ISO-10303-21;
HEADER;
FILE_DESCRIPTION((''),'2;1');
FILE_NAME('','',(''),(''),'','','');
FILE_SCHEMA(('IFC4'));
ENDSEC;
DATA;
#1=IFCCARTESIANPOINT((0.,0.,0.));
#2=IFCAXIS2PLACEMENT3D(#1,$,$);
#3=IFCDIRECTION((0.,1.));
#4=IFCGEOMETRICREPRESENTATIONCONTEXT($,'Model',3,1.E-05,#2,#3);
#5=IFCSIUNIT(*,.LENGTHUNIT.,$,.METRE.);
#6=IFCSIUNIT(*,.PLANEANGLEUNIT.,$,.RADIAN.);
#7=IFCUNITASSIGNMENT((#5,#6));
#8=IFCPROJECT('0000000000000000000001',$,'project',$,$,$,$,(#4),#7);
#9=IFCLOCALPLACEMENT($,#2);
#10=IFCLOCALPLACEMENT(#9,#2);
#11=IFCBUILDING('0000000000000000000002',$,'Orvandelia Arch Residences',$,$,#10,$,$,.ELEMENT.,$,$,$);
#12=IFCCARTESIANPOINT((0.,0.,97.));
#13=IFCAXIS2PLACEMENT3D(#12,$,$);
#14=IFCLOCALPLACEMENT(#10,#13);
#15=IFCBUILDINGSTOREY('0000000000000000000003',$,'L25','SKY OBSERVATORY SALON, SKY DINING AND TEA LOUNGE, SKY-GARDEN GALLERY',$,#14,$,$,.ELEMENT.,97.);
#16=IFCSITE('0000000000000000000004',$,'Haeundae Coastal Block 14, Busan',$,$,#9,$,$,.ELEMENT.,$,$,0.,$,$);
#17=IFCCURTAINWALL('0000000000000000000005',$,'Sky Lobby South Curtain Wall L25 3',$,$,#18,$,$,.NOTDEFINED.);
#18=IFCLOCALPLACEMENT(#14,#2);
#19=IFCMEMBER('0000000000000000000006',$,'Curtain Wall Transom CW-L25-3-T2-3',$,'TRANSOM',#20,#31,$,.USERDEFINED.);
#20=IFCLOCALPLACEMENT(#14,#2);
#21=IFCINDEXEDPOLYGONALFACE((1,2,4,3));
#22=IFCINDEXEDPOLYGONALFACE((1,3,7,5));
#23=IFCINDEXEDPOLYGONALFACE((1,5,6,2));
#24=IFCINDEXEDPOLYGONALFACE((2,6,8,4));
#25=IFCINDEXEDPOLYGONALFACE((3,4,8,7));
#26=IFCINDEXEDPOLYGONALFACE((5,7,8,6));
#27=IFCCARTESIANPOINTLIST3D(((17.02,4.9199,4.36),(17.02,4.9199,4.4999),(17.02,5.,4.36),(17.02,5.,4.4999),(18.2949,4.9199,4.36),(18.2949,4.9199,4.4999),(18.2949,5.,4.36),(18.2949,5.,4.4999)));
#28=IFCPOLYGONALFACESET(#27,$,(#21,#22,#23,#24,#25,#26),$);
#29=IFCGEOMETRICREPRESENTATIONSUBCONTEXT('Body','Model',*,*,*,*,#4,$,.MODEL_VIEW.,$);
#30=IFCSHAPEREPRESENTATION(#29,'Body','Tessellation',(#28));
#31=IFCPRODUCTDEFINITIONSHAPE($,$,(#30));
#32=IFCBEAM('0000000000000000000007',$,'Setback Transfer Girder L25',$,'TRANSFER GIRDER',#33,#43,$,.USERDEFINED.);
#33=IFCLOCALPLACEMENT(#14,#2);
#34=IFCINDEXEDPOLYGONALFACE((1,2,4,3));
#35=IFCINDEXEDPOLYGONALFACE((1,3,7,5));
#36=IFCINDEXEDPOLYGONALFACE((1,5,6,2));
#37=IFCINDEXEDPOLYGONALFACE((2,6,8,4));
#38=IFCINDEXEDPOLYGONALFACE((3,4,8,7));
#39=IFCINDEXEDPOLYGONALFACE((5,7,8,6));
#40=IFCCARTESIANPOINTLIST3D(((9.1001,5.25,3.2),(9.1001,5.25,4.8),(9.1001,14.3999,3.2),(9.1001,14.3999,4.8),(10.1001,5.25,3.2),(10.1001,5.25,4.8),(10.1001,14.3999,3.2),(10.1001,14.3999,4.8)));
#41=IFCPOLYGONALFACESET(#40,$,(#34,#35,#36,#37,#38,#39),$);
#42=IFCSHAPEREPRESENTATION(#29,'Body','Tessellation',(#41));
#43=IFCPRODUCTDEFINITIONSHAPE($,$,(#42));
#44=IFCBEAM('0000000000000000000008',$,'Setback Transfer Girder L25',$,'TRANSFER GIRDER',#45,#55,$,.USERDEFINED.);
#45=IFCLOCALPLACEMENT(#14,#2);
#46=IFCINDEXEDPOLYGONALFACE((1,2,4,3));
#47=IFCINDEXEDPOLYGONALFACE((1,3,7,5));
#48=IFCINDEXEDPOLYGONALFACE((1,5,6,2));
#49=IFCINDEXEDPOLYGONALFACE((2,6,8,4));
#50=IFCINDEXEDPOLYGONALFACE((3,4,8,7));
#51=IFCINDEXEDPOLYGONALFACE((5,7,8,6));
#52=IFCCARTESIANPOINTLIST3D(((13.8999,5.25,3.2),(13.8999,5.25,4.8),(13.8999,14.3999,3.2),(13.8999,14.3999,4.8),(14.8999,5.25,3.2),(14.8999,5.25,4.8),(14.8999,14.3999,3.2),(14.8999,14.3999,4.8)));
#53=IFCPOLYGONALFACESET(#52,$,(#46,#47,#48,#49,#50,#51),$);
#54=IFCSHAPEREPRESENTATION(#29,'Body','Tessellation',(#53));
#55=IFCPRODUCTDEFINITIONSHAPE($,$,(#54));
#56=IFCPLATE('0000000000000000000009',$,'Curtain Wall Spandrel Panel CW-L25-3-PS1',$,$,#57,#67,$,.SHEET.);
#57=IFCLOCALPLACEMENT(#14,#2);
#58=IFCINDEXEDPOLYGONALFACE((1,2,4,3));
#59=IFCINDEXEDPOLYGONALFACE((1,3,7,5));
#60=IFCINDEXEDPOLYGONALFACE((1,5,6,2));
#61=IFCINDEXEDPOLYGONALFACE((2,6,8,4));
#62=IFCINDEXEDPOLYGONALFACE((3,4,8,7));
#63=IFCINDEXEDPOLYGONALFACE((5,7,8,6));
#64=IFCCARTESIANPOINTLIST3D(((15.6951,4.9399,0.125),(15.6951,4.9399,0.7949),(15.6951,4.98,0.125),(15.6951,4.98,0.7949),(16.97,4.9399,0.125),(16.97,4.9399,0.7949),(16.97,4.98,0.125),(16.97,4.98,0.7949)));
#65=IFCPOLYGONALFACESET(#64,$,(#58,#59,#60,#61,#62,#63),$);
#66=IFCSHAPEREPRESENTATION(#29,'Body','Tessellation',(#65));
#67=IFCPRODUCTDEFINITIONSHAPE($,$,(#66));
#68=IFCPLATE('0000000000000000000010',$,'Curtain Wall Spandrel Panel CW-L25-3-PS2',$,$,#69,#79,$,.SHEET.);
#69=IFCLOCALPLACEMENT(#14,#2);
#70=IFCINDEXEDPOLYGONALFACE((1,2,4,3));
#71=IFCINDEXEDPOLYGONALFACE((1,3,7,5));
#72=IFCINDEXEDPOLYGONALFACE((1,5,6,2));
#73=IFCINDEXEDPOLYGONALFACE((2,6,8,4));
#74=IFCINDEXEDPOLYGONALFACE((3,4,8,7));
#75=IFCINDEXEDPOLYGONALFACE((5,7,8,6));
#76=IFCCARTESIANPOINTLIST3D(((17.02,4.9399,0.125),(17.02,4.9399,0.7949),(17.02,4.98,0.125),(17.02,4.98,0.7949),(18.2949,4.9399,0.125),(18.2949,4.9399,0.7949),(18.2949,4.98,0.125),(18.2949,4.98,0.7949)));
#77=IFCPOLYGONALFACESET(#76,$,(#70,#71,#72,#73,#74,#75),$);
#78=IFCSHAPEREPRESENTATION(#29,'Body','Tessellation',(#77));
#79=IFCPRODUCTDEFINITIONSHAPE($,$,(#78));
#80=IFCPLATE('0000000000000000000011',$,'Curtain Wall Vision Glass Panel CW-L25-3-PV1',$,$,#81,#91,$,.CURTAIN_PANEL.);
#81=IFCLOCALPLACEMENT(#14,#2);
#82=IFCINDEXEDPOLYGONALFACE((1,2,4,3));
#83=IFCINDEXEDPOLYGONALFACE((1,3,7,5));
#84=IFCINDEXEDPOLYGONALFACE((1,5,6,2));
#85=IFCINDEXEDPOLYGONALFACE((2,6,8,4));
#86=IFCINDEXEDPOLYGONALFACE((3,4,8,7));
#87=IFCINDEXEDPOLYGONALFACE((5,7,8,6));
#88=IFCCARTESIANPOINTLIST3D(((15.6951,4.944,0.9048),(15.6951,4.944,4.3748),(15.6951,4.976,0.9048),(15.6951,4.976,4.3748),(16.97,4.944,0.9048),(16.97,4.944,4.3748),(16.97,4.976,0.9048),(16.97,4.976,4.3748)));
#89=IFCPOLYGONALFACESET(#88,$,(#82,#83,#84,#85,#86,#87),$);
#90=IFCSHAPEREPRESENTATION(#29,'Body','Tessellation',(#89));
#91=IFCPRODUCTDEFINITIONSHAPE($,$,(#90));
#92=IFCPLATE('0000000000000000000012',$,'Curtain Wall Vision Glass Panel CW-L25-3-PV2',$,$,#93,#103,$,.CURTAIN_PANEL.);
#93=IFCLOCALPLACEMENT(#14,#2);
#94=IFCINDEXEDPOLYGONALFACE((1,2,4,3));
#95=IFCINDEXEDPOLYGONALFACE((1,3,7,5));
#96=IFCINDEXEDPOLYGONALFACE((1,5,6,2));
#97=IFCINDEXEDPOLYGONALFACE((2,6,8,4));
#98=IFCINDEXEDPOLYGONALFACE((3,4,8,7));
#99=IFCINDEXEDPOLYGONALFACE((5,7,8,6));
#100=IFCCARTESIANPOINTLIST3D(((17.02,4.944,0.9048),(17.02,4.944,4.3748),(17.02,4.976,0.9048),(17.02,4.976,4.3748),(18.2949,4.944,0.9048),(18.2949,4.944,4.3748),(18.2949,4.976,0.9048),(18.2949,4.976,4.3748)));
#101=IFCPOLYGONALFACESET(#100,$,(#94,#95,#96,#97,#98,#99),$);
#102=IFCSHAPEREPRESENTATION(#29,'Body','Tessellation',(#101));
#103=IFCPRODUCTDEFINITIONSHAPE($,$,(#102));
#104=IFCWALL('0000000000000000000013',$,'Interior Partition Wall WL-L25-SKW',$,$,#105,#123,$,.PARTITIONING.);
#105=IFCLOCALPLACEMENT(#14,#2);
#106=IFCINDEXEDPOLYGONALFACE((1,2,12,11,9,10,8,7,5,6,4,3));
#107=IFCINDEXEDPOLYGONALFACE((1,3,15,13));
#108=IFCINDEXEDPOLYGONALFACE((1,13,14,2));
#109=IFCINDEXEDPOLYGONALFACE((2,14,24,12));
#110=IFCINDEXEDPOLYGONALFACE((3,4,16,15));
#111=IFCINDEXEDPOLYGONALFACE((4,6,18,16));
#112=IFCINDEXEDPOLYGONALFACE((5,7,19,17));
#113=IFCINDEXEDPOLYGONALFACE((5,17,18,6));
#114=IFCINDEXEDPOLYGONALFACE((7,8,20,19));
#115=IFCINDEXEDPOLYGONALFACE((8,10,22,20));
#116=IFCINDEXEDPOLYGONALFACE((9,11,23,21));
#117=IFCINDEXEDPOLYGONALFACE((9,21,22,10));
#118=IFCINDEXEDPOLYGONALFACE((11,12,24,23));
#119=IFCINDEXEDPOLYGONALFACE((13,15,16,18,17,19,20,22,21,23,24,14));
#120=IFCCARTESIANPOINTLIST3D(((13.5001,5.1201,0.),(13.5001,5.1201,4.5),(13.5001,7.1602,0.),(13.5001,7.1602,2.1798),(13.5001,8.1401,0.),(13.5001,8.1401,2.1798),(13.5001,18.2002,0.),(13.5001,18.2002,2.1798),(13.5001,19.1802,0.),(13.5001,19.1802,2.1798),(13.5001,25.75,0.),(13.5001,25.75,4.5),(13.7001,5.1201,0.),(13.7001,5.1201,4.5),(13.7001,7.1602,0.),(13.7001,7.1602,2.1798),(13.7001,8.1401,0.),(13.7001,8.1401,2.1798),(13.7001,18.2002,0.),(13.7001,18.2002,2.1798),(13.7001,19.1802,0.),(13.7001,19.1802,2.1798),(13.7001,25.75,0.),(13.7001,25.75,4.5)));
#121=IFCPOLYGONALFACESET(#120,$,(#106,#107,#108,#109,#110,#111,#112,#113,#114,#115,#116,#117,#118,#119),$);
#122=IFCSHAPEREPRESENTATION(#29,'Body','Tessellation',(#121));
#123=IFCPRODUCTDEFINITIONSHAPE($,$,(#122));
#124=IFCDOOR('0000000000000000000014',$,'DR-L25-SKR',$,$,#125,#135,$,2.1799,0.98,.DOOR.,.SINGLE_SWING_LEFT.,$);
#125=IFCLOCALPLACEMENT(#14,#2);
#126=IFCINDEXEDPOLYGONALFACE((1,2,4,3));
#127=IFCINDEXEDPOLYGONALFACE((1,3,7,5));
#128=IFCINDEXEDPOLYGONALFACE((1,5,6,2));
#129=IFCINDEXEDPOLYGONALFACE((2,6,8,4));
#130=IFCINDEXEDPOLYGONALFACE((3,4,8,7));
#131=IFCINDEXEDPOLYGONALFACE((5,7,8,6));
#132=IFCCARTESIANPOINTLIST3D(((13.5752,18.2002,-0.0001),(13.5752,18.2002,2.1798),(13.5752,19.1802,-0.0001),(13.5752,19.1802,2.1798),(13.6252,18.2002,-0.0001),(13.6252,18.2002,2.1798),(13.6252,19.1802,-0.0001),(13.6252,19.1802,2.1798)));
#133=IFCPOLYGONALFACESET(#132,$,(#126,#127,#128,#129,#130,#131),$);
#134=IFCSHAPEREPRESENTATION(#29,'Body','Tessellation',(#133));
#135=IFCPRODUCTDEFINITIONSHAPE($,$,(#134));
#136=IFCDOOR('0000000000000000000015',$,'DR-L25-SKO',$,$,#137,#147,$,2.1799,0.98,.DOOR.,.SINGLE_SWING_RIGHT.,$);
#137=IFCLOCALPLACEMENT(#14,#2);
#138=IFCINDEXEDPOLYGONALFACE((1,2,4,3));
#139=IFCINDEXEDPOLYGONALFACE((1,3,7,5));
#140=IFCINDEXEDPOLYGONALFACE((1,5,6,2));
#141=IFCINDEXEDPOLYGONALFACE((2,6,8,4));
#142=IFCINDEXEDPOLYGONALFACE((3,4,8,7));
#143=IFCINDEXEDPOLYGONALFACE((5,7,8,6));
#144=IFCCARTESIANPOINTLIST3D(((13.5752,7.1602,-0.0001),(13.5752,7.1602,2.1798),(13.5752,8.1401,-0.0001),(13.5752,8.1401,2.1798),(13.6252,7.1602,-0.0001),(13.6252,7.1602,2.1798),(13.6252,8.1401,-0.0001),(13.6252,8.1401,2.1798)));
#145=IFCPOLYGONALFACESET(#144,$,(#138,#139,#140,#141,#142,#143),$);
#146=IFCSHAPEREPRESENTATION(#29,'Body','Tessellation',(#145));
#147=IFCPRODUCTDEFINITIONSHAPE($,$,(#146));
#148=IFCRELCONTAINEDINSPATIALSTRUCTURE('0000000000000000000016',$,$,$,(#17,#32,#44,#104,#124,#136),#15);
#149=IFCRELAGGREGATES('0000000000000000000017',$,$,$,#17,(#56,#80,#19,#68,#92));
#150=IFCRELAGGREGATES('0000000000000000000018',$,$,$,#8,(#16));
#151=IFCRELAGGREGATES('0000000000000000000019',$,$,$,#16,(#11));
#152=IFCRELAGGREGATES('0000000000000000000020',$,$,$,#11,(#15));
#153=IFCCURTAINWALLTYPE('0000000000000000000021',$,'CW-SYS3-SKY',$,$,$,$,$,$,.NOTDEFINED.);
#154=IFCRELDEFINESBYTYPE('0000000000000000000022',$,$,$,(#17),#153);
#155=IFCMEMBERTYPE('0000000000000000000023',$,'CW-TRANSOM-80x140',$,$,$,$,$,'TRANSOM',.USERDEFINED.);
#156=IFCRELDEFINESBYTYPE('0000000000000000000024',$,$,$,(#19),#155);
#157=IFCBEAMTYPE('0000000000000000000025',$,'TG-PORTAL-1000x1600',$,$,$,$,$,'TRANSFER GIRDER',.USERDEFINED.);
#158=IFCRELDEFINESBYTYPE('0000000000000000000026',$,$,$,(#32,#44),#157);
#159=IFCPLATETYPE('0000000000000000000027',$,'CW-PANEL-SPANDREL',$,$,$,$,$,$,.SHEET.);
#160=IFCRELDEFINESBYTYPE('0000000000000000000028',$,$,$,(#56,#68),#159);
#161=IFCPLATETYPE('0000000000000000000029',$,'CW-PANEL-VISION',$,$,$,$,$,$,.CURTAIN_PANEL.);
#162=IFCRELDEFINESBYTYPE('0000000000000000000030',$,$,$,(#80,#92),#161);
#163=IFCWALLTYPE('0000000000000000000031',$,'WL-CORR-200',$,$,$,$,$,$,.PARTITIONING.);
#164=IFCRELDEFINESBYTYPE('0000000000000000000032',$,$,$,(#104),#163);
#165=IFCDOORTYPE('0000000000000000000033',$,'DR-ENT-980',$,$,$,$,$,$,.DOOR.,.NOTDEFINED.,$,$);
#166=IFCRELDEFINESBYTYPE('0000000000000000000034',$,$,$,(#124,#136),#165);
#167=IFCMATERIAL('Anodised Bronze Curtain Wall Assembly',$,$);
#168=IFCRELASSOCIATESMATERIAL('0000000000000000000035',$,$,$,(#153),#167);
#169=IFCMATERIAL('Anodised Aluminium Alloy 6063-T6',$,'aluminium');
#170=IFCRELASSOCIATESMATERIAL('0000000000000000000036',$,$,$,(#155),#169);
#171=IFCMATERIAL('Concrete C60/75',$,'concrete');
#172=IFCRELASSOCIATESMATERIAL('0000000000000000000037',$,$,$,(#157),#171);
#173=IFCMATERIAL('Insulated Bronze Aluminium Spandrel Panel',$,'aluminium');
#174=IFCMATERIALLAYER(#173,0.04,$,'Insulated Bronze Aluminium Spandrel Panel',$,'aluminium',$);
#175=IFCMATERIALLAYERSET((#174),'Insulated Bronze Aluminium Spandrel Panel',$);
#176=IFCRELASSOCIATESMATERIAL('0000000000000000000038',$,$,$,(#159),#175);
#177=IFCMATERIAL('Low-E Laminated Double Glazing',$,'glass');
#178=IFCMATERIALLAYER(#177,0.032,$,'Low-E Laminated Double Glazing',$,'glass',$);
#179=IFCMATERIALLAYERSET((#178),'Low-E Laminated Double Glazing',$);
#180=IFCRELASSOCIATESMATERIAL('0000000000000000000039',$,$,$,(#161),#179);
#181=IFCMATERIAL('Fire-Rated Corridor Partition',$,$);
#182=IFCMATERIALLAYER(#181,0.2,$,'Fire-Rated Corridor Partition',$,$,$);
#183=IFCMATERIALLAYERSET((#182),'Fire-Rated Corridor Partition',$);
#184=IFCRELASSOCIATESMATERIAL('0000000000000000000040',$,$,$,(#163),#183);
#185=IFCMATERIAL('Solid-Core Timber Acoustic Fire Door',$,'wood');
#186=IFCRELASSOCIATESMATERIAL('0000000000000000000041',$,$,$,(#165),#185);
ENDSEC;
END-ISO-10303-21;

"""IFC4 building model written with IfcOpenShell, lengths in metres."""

from ifc_helpers import new_model, si_unit, direction, frame, frame_2d, origin, origin_2d, place, context, subcontext, project, spatial, rectangle, extrude, material, layer, layer_set, material_profile, profile_set, type_object, element, fill, aggregate, save


model = new_model("IFC4")

# Units and contexts
model_context = context("Model", 3, precision=1e-05, world=origin(), true_north=direction((0.0, 1.0)))
body_context = subcontext(model_context, "Body", "Model", "MODEL_VIEW")
ifc_project = project(units=[si_unit("LENGTHUNIT", "METRE"), si_unit("PLANEANGLEUNIT", "RADIAN")], contexts=[model_context])

# Site, building, storey
site_placement = place(None, origin())
site = spatial("IfcSite", under=ifc_project, at=site_placement, Name="Haeundae Coastal Block 14, Busan", CompositionType="ELEMENT", RefElevation=0.0)
building_placement = place(site_placement, origin())
building = spatial("IfcBuilding", under=site, at=building_placement, Name="Orvandelia Arch Residences", CompositionType="ELEMENT")
storey_placement = place(building_placement, frame((0.0, 0.0, 97.0)))
storey = spatial("IfcBuildingStorey", under=building, at=storey_placement, Name="L25", Description="SKY OBSERVATORY SALON, SKY DINING AND TEA LOUNGE, SKY-GARDEN GALLERY", CompositionType="ELEMENT", Elevation=97.0)

# Curtain wall, member
ifc_material_1 = material(Name="Anodised Bronze Curtain Wall Assembly")
curtain_wall_type = type_object("IfcCurtainWallType", Name="CW-SYS3-SKY", PredefinedType="NOTDEFINED", material=ifc_material_1)
curtain_wall_placement = place(storey_placement, origin())
curtain_wall = element("IfcCurtainWall", 1, at=curtain_wall_placement, inside=storey, type_object=curtain_wall_type, Name="Sky Lobby South Curtain Wall L25 3", PredefinedType="NOTDEFINED")
ifc_material_2 = material(Name="Anodised Aluminium Alloy 6063-T6", Category="aluminium")
ifc_material_profile_1 = material_profile(ifc_material_2, rectangle(XDim=0.0801, YDim=0.1399, at=origin_2d()), Name="Anodised Aluminium Alloy 6063-T6", Category="aluminium")
ifc_profile_set_1 = profile_set([ifc_material_profile_1], Name="Anodised Aluminium Alloy 6063-T6")
member_type_1 = type_object("IfcMemberType", Name="CW-TRANSOM-80x140", ElementType="TRANSOM", PredefinedType="USERDEFINED", material=ifc_profile_set_1)
member_1_placement = place(storey_placement, frame((17.02, 4.96, 4.4299), z_axis=(1.0, 0.0, 0.0), x_axis=(0.0, 1.0, 0.0)))
member_1 = element("IfcMember", 2, at=member_1_placement, type_object=member_type_1, Name="Curtain Wall Transom CW-L25-3-T2-3", ObjectType="TRANSOM", PredefinedType="USERDEFINED", context=body_context, shape_type="SweptSolid", body=[
    extrude(rectangle(XDim=0.0801, YDim=0.1399, at=origin_2d()), origin(), (0.0, 0.0, 1.0), 1.2749),
])

# Beams
ifc_material_3 = material(Name="Concrete C60/75", Category="concrete")
ifc_material_profile_2 = material_profile(ifc_material_3, rectangle(XDim=1.0, YDim=1.6001, at=origin_2d()), Name="Concrete C60/75", Category="concrete")
ifc_profile_set_2 = profile_set([ifc_material_profile_2], Name="Concrete C60/75")
beam_type_1 = type_object("IfcBeamType", Name="TG-PORTAL-1000x1600", ElementType="TRANSFER GIRDER", PredefinedType="USERDEFINED", material=ifc_profile_set_2)
for number, where, z_axis, x_axis, name in (
    (3, (9.6001, 5.25, 4.0), (0.0, 1.0, 0.0), (-1.0, 0.0, 0.0), "Setback Transfer Girder L25"),
    (4, (14.3999, 5.25, 4.0), (0.0, 1.0, 0.0), (-1.0, 0.0, 0.0), "Setback Transfer Girder L25"),
):
    element("IfcBeam", number, at=place(storey_placement, frame(where, z_axis=z_axis, x_axis=x_axis)), inside=storey, type_object=beam_type_1, Name=name, ObjectType="TRANSFER GIRDER", PredefinedType="USERDEFINED", context=body_context, shape_type="SweptSolid", body=[
        extrude(rectangle(XDim=1.0, YDim=1.6001, at=origin_2d()), origin(), (0.0, 0.0, 1.0), 9.1499),
    ])

# Plates
ifc_material_4 = material(Name="Insulated Bronze Aluminium Spandrel Panel", Category="aluminium")
ifc_layer_1 = layer(ifc_material_4, 0.04, Name="Insulated Bronze Aluminium Spandrel Panel", Category="aluminium")
ifc_layer_set_1 = layer_set([ifc_layer_1], Name="Insulated Bronze Aluminium Spandrel Panel")
plate_type_1 = type_object("IfcPlateType", Name="CW-PANEL-SPANDREL", PredefinedType="SHEET", material=ifc_layer_set_1)
plate_1_placement = place(storey_placement, frame((16.3325, 4.96, 0.125), z_axis=(0.0, 0.0, 1.0), x_axis=(1.0, 0.0, 0.0)))
plate_1 = element("IfcPlate", 5, at=plate_1_placement, type_object=plate_type_1, Name="Curtain Wall Spandrel Panel CW-L25-3-PS1", PredefinedType="SHEET", context=body_context, shape_type="SweptSolid", body=[
    extrude(rectangle(XDim=1.2749, YDim=0.04, at=origin_2d()), origin(), (0.0, 0.0, 1.0), 0.6699),
])
plate_2_placement = place(storey_placement, frame((17.6575, 4.96, 0.125), z_axis=(0.0, 0.0, 1.0), x_axis=(1.0, 0.0, 0.0)))
plate_2 = element("IfcPlate", 6, at=plate_2_placement, type_object=plate_type_1, Name="Curtain Wall Spandrel Panel CW-L25-3-PS2", PredefinedType="SHEET", context=body_context, shape_type="SweptSolid", body=[
    extrude(rectangle(XDim=1.2749, YDim=0.04, at=origin_2d()), origin(), (0.0, 0.0, 1.0), 0.6699),
])
ifc_material_5 = material(Name="Low-E Laminated Double Glazing", Category="glass")
ifc_layer_2 = layer(ifc_material_5, 0.032, Name="Low-E Laminated Double Glazing", Category="glass")
ifc_layer_set_2 = layer_set([ifc_layer_2], Name="Low-E Laminated Double Glazing")
plate_type_2 = type_object("IfcPlateType", Name="CW-PANEL-VISION", PredefinedType="CURTAIN_PANEL", material=ifc_layer_set_2)
plate_3_placement = place(storey_placement, frame((16.3325, 4.96, 0.9048), z_axis=(0.0, 0.0, 1.0), x_axis=(1.0, 0.0, 0.0)))
plate_3 = element("IfcPlate", 7, at=plate_3_placement, type_object=plate_type_2, Name="Curtain Wall Vision Glass Panel CW-L25-3-PV1", PredefinedType="CURTAIN_PANEL", context=body_context, shape_type="SweptSolid", body=[
    extrude(rectangle(XDim=1.2749, YDim=0.032, at=origin_2d()), origin(), (0.0, 0.0, 1.0), 3.47),
])
plate_4_placement = place(storey_placement, frame((17.6575, 4.96, 0.9048), z_axis=(0.0, 0.0, 1.0), x_axis=(1.0, 0.0, 0.0)))
plate_4 = element("IfcPlate", 8, at=plate_4_placement, type_object=plate_type_2, Name="Curtain Wall Vision Glass Panel CW-L25-3-PV2", PredefinedType="CURTAIN_PANEL", context=body_context, shape_type="SweptSolid", body=[
    extrude(rectangle(XDim=1.2749, YDim=0.032, at=origin_2d()), origin(), (0.0, 0.0, 1.0), 3.47),
])
aggregate(curtain_wall, [plate_1, plate_3, member_1, plate_2, plate_4])

# Wall, openings, doors
ifc_material_6 = material(Name="Fire-Rated Corridor Partition")
ifc_layer_3 = layer(ifc_material_6, 0.2, Name="Fire-Rated Corridor Partition")
ifc_layer_set_3 = layer_set([ifc_layer_3], Name="Fire-Rated Corridor Partition")
wall_type_1 = type_object("IfcWallType", Name="WL-CORR-200", PredefinedType="PARTITIONING", material=ifc_layer_set_3)
wall_1_placement = place(storey_placement, frame((13.6001, 5.1201, 0.0), z_axis=(0.0, 0.0, 1.0), x_axis=(0.0, 1.0, 0.0)))
wall_1 = element("IfcWall", 9, at=wall_1_placement, inside=storey, type_object=wall_type_1, Name="Interior Partition Wall WL-L25-SKW", PredefinedType="PARTITIONING", context=body_context, shape_type="SweptSolid", body=[
    extrude(rectangle(XDim=20.6299, YDim=0.2, at=frame_2d((10.3149, 0.0))), origin(), (0.0, 0.0, 1.0), 4.5),
])
opening_1_placement = place(wall_1_placement, frame((13.0801, 0.0, 0.0)))
opening_1 = element("IfcOpeningElement", 10, at=opening_1_placement, cuts=wall_1, PredefinedType="OPENING", context=body_context, shape_type="SweptSolid", body=[
    extrude(rectangle(XDim=0.98, YDim=2.1799, at=frame_2d((0.49, 1.0898))), frame((0.0, 0.1099, 0.0), z_axis=(0.0, -1.0, 0.0), x_axis=(1.0, 0.0, 0.0)), (0.0, 0.0, 1.0), 0.22),
])
opening_2_placement = place(wall_1_placement, frame((2.04, 0.0, 0.0)))
opening_2 = element("IfcOpeningElement", 11, at=opening_2_placement, cuts=wall_1, PredefinedType="OPENING", context=body_context, shape_type="SweptSolid", body=[
    extrude(rectangle(XDim=0.98, YDim=2.1799, at=frame_2d((0.49, 1.0898))), frame((0.0, 0.1099, 0.0), z_axis=(0.0, -1.0, 0.0), x_axis=(1.0, 0.0, 0.0)), (0.0, 0.0, 1.0), 0.22),
])
ifc_material_7 = material(Name="Solid-Core Timber Acoustic Fire Door", Category="wood")
door_type_1 = type_object("IfcDoorType", Name="DR-ENT-980", OperationType="NOTDEFINED", PredefinedType="DOOR", material=ifc_material_7)
door_1_placement = place(opening_1_placement, origin())
door_1 = element("IfcDoor", 12, at=door_1_placement, inside=storey, type_object=door_type_1, Name="DR-L25-SKR", OperationType="SINGLE_SWING_LEFT", OverallHeight=2.1799, OverallWidth=0.98, PredefinedType="DOOR", context=body_context, shape_type="SweptSolid", body=[
    extrude(rectangle(XDim=0.98, YDim=2.1799, at=frame_2d((0.49, 1.0898))), frame((0.0, 0.0249, 0.0), z_axis=(0.0, -1.0, 0.0), x_axis=(1.0, 0.0, 0.0)), (0.0, 0.0, 1.0), 0.05),
])
fill(opening_1, door_1)
door_2_placement = place(opening_2_placement, origin())
door_2 = element("IfcDoor", 13, at=door_2_placement, inside=storey, type_object=door_type_1, Name="DR-L25-SKO", OperationType="SINGLE_SWING_RIGHT", OverallHeight=2.1799, OverallWidth=0.98, PredefinedType="DOOR", context=body_context, shape_type="SweptSolid", body=[
    extrude(rectangle(XDim=0.98, YDim=2.1799, at=frame_2d((0.49, 1.0898))), frame((0.0, 0.0249, 0.0), z_axis=(0.0, -1.0, 0.0), x_axis=(1.0, 0.0, 0.0)), (0.0, 0.0, 1.0), 0.05),
])
fill(opening_2, door_2)

save(model, "model.ifc")
